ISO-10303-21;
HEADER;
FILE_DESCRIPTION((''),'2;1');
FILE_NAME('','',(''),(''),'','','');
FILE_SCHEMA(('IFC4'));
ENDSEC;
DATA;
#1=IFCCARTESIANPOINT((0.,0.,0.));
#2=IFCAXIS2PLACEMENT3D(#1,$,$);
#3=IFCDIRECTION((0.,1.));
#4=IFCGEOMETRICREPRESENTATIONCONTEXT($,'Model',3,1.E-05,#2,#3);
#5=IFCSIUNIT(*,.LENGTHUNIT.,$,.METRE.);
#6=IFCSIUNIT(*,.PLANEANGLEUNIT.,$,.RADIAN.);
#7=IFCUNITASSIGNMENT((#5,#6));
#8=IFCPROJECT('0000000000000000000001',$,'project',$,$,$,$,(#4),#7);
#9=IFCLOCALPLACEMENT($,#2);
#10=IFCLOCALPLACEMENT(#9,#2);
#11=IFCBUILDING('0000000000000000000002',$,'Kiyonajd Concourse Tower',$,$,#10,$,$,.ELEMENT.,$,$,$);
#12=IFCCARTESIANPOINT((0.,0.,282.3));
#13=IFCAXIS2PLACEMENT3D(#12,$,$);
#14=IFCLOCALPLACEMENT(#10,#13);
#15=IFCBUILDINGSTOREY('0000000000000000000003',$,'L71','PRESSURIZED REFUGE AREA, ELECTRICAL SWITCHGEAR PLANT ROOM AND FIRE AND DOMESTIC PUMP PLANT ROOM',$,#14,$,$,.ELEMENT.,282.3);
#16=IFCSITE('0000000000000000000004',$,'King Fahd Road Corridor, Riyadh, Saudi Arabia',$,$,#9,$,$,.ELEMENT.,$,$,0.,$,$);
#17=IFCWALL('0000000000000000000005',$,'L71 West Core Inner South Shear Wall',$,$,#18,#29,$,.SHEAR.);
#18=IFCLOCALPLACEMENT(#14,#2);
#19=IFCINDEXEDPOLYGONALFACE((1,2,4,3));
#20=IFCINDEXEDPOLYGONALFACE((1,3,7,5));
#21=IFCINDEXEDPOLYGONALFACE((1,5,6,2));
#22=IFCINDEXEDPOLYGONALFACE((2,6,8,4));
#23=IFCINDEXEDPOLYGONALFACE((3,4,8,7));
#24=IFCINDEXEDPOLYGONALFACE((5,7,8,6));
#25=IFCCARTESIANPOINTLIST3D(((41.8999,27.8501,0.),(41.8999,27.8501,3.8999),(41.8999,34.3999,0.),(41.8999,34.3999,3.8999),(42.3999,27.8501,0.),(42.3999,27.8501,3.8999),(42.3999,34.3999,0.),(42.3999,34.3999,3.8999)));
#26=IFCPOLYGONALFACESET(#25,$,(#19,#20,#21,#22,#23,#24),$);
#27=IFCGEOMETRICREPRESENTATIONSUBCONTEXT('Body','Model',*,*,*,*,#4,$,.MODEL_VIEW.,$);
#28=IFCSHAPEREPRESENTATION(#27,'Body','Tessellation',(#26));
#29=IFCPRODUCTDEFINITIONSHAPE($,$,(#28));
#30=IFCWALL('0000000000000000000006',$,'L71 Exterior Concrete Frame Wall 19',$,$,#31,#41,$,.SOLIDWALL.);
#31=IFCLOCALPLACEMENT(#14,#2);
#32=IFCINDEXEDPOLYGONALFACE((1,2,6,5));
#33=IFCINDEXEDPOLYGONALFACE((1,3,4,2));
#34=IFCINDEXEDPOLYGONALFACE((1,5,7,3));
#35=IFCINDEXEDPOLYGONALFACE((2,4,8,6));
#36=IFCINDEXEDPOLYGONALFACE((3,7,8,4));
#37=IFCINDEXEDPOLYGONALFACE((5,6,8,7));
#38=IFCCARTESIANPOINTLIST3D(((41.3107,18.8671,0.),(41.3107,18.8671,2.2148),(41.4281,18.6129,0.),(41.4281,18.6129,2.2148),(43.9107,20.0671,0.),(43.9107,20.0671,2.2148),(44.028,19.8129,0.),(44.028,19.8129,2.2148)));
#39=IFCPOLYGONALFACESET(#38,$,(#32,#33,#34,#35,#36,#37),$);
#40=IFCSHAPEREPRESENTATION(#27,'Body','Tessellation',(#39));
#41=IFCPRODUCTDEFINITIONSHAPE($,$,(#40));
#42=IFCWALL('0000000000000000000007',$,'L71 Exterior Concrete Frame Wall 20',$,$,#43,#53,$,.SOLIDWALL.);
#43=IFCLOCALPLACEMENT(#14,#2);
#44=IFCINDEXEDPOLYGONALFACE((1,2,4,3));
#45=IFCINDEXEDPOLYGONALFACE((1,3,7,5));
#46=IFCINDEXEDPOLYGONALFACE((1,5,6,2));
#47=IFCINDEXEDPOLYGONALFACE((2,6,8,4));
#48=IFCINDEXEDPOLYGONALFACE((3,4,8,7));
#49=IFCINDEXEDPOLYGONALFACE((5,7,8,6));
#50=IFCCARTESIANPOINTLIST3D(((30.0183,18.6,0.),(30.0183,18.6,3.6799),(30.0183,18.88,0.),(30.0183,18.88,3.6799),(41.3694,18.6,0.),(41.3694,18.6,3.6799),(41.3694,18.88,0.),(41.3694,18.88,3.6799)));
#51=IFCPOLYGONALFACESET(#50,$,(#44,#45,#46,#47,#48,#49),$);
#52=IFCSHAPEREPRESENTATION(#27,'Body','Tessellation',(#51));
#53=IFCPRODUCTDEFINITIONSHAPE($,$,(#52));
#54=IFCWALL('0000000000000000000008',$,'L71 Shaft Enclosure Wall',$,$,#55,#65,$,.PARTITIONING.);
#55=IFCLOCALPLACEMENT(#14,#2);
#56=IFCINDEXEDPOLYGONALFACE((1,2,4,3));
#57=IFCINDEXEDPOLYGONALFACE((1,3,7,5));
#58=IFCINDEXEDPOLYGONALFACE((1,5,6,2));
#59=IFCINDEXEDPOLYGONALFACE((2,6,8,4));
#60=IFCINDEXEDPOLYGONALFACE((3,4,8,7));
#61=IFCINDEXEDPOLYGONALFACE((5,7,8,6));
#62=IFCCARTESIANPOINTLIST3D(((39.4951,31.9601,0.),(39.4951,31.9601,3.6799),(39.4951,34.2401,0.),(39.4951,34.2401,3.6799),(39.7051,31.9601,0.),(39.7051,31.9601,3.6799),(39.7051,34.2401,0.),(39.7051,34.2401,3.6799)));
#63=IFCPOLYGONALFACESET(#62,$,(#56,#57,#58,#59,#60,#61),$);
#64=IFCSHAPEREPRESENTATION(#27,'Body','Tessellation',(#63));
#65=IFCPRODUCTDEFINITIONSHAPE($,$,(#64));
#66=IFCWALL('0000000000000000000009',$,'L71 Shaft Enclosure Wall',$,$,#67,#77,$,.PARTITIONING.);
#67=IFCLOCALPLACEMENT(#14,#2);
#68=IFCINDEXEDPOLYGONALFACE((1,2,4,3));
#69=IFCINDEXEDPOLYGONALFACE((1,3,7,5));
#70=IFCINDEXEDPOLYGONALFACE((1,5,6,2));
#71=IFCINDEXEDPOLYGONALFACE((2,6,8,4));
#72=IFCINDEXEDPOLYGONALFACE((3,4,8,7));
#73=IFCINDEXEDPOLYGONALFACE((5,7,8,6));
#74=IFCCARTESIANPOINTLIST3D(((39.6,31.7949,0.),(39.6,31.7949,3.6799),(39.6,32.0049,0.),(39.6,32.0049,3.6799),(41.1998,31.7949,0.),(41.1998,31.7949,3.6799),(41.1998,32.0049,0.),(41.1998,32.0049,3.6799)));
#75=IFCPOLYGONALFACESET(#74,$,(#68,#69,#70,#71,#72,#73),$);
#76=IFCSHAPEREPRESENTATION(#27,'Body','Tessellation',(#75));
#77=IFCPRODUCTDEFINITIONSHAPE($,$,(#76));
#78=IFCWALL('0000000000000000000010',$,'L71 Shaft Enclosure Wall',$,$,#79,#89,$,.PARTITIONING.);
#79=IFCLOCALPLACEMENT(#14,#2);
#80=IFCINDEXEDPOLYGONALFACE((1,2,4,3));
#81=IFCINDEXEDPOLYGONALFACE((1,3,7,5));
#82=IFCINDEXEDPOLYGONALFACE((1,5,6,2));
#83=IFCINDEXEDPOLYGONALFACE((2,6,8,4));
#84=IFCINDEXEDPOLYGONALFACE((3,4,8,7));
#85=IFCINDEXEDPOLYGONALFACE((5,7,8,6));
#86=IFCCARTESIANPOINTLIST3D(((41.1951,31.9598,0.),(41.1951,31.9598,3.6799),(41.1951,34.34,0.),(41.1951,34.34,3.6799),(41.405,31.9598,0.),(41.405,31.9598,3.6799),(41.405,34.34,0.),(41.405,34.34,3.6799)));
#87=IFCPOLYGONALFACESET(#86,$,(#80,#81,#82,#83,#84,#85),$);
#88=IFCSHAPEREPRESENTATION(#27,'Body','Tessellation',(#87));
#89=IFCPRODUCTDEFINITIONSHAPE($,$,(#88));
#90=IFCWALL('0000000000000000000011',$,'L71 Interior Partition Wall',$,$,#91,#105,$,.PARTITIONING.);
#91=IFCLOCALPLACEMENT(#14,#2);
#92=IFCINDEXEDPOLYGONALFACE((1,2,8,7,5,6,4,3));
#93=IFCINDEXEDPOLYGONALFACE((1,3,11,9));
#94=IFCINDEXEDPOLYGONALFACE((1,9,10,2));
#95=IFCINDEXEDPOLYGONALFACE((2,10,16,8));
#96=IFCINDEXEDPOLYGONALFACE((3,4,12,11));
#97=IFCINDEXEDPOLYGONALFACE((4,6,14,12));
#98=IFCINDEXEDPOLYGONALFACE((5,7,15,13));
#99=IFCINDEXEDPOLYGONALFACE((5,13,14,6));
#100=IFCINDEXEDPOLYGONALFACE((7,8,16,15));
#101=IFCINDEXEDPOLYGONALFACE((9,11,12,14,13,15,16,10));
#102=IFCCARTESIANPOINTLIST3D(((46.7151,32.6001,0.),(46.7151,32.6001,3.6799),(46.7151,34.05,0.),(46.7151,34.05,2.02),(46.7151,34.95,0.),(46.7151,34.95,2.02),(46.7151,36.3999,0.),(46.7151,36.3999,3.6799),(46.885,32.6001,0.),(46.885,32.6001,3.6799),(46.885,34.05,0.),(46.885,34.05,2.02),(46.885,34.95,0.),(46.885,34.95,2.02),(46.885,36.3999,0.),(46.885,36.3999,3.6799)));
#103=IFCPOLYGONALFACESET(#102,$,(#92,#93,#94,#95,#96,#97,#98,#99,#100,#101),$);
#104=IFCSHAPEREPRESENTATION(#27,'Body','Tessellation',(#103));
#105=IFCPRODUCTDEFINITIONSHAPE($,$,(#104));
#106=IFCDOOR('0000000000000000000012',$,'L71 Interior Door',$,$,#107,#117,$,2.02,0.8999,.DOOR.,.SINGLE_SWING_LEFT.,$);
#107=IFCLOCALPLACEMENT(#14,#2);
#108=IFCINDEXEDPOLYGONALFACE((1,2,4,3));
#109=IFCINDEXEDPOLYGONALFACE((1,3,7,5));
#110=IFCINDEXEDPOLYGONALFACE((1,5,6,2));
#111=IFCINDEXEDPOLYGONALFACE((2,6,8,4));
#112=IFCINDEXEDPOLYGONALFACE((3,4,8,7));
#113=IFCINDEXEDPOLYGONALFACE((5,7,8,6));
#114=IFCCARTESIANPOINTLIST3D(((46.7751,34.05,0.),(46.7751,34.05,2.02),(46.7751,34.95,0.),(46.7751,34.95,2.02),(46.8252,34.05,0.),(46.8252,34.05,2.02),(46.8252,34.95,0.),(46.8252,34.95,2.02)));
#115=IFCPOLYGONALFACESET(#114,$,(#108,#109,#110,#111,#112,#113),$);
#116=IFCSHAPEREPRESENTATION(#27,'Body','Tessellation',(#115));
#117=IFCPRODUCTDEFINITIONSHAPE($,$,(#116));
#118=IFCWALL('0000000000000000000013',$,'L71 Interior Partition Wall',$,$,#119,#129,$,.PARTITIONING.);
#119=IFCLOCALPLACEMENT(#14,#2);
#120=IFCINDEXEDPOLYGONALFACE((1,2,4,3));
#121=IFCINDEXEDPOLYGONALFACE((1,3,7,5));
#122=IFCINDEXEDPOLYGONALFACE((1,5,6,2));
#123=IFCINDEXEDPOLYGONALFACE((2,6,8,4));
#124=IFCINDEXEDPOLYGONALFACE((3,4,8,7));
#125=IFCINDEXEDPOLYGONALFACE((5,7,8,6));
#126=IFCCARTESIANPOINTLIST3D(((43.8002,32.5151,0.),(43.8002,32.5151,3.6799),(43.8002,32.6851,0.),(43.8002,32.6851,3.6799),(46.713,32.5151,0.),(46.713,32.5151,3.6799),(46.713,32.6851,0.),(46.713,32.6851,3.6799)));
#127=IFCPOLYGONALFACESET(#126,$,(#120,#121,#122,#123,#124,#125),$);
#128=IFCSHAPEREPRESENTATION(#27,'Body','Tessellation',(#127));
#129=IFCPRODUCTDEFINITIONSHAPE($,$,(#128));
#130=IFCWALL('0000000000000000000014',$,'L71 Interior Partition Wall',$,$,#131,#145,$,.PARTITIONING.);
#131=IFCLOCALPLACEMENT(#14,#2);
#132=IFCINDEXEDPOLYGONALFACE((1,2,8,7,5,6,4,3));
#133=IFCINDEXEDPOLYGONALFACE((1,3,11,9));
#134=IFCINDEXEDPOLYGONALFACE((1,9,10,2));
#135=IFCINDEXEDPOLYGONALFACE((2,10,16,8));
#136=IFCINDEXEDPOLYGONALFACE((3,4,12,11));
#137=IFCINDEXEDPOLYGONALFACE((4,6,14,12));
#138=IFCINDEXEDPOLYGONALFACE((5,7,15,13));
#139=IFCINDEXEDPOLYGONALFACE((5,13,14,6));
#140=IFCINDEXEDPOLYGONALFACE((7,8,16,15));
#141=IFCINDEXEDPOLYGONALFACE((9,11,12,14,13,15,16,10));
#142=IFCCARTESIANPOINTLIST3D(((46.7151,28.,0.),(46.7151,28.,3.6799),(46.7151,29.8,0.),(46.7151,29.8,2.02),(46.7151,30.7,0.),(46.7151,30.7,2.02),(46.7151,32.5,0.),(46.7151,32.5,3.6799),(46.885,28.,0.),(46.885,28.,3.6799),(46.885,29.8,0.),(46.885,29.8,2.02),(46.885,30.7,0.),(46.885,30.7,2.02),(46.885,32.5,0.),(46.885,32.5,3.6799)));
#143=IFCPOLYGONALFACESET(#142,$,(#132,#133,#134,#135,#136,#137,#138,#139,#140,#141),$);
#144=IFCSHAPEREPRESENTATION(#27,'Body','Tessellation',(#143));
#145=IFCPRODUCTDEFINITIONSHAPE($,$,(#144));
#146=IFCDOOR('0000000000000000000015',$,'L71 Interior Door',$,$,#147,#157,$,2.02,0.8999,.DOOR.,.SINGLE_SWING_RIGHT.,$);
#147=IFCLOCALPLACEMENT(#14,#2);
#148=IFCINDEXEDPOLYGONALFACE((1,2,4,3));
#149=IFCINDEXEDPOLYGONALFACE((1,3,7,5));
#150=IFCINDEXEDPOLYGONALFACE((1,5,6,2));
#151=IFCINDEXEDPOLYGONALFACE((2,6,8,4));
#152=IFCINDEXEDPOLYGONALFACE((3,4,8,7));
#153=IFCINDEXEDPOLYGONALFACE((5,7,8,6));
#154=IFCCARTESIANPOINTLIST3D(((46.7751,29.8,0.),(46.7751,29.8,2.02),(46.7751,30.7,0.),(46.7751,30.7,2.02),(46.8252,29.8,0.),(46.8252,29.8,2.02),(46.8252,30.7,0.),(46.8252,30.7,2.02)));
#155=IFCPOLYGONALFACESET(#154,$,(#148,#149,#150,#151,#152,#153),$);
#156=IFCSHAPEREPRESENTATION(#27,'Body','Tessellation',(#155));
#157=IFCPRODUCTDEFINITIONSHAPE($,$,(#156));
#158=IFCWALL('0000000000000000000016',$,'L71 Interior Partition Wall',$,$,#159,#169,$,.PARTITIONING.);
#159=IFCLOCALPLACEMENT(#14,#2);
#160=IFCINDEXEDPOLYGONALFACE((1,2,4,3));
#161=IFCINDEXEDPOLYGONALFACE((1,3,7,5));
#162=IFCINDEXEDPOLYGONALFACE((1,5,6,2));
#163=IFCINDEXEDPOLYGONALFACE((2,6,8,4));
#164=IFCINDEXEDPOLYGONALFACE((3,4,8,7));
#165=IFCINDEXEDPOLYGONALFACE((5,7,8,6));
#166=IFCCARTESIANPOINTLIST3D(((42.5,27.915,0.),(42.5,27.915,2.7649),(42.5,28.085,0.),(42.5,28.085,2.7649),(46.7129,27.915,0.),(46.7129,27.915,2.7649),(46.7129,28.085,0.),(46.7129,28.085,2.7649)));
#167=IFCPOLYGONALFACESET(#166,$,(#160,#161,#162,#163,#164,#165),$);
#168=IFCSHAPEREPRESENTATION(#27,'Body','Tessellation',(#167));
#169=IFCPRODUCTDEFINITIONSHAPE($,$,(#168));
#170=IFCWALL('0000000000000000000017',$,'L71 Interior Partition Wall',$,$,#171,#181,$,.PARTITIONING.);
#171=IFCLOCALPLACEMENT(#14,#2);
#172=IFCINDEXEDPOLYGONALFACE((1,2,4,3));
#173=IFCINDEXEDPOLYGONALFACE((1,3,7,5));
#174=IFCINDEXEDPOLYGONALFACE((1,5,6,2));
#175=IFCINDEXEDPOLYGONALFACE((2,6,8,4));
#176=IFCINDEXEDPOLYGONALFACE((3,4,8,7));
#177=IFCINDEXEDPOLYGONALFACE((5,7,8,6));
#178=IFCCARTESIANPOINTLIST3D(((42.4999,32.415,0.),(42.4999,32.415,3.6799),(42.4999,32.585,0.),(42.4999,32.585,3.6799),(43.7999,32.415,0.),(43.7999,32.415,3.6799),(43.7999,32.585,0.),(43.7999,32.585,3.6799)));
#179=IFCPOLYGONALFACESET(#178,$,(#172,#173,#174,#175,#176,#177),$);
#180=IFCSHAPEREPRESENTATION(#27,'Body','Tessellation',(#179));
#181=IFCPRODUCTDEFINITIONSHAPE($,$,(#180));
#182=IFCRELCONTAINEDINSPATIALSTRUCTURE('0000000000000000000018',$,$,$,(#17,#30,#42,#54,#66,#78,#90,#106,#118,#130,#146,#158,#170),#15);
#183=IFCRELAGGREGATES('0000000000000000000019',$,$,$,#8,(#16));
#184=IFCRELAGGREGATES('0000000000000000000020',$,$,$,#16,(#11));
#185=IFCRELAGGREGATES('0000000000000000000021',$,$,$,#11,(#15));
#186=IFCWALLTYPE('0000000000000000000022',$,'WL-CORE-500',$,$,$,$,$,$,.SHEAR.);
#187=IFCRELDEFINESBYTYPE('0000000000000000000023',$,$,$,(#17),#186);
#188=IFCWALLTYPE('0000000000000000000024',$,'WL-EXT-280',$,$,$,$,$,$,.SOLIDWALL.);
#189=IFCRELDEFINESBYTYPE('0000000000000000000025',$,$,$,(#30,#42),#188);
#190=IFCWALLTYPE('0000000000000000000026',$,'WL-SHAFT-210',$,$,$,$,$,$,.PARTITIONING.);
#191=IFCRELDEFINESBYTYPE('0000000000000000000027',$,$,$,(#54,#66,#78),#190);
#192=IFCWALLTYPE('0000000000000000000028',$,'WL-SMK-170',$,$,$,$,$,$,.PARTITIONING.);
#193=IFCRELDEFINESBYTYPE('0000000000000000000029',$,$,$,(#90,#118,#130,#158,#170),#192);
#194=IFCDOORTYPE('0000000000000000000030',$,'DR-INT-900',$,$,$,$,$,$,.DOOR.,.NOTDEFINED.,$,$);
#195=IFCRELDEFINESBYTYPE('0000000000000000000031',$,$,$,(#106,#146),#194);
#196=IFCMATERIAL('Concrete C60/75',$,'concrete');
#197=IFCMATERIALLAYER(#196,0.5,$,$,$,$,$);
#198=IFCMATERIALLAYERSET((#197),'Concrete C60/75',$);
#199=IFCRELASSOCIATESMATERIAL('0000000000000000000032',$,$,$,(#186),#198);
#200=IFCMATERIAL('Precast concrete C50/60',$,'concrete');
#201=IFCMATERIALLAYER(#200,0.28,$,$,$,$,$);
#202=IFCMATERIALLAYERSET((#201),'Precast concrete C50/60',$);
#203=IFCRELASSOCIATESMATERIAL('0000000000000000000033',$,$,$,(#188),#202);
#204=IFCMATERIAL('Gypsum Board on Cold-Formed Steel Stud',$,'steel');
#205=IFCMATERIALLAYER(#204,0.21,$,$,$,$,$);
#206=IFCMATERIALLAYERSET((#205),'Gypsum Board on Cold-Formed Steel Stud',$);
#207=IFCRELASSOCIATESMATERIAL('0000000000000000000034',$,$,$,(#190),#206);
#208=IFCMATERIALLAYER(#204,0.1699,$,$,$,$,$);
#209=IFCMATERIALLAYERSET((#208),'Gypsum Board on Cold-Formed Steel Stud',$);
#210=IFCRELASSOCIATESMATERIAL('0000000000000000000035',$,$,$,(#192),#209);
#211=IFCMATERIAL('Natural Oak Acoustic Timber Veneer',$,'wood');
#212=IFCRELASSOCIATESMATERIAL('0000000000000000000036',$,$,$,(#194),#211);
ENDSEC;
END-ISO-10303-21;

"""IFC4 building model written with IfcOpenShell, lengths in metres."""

from ifc_helpers import new_model, si_unit, direction, frame, frame_2d, origin, place, context, subcontext, project, spatial, rectangle, extrude, material, layer, layer_set, type_object, element, fill, save


model = new_model("IFC4")

# Units and contexts
model_context = context("Model", 3, precision=1e-05, world=origin(), true_north=direction((0.0, 1.0)))
body_context = subcontext(model_context, "Body", "Model", "MODEL_VIEW")
ifc_project = project(units=[si_unit("LENGTHUNIT", "METRE"), si_unit("PLANEANGLEUNIT", "RADIAN")], contexts=[model_context])

# Site, building, storey
site_placement = place(None, origin())
site = spatial("IfcSite", under=ifc_project, at=site_placement, Name="King Fahd Road Corridor, Riyadh, Saudi Arabia", CompositionType="ELEMENT", RefElevation=0.0)
building_placement = place(site_placement, origin())
building = spatial("IfcBuilding", under=site, at=building_placement, Name="Kiyonajd Concourse Tower", CompositionType="ELEMENT")
storey_placement = place(building_placement, frame((0.0, 0.0, 282.3)))
storey = spatial("IfcBuildingStorey", under=building, at=storey_placement, Name="L71", Description="PRESSURIZED REFUGE AREA, ELECTRICAL SWITCHGEAR PLANT ROOM AND FIRE AND DOMESTIC PUMP PLANT ROOM", CompositionType="ELEMENT", Elevation=282.3)

# Shared definitions
ifc_material_1 = material(Name="Concrete C60/75", Category="concrete")

# Walls
ifc_layer_1 = layer(ifc_material_1, 0.5)
ifc_layer_set_1 = layer_set([ifc_layer_1], Name="Concrete C60/75")
wall_type_1 = type_object("IfcWallType", Name="WL-CORE-500", PredefinedType="SHEAR", material=ifc_layer_set_1)
wall_1_placement = place(storey_placement, frame((42.1499, 27.8501, 0.0), z_axis=(0.0, 0.0, 1.0), x_axis=(0.0, 1.0, 0.0)))
element("IfcWall", 1, at=wall_1_placement, inside=storey, type_object=wall_type_1, Name="L71 West Core Inner South Shear Wall", PredefinedType="SHEAR", context=body_context, shape_type="SweptSolid", body=[
    extrude(rectangle(XDim=6.5498, YDim=0.5, at=frame_2d((3.2749, 0.0))), origin(), (0.0, 0.0, 1.0), 3.8999),
])
ifc_material_2 = material(Name="Precast concrete C50/60", Category="concrete")
ifc_layer_2 = layer(ifc_material_2, 0.28)
ifc_layer_set_2 = layer_set([ifc_layer_2], Name="Precast concrete C50/60")
wall_type_2 = type_object("IfcWallType", Name="WL-EXT-280", PredefinedType="SOLIDWALL", material=ifc_layer_set_2)
wall_2_placement = place(storey_placement, frame((43.9692, 19.9399, 0.0), z_axis=(0.0, 0.0, 1.0), x_axis=(-0.907957, -0.419064, 0.0)))
element("IfcWall", 2, at=wall_2_placement, inside=storey, type_object=wall_type_2, Name="L71 Exterior Concrete Frame Wall 19", PredefinedType="SOLIDWALL", context=body_context, shape_type="SweptSolid", body=[
    extrude(rectangle(XDim=2.8635, YDim=0.28, at=frame_2d((1.4316, 0.0))), origin(), (0.0, 0.0, 1.0), 2.2148),
])
wall_3_placement = place(storey_placement, frame((41.3694, 18.74, 0.0), z_axis=(0.0, 0.0, 1.0), x_axis=(-1.0, 0.0, 0.0)))
element("IfcWall", 3, at=wall_3_placement, inside=storey, type_object=wall_type_2, Name="L71 Exterior Concrete Frame Wall 20", PredefinedType="SOLIDWALL", context=body_context, shape_type="SweptSolid", body=[
    extrude(rectangle(XDim=11.3511, YDim=0.28, at=frame_2d((5.6755, 0.0))), origin(), (0.0, 0.0, 1.0), 3.6799),
])
ifc_material_3 = material(Name="Gypsum Board on Cold-Formed Steel Stud", Category="steel")
ifc_layer_3 = layer(ifc_material_3, 0.21)
ifc_layer_set_3 = layer_set([ifc_layer_3], Name="Gypsum Board on Cold-Formed Steel Stud")
wall_type_3 = type_object("IfcWallType", Name="WL-SHAFT-210", PredefinedType="PARTITIONING", material=ifc_layer_set_3)
wall_4_placement = place(storey_placement, frame((39.6001, 31.96, 0.0), z_axis=(0.0, 0.0, 1.0), x_axis=(0.0, 1.0, 0.0)))
element("IfcWall", 4, at=wall_4_placement, inside=storey, type_object=wall_type_3, Name="L71 Shaft Enclosure Wall", PredefinedType="PARTITIONING", context=body_context, shape_type="SweptSolid", body=[
    extrude(rectangle(XDim=2.28, YDim=0.21, at=frame_2d((1.1401, 0.0))), origin(), (0.0, 0.0, 1.0), 3.6799),
])
wall_5_placement = place(storey_placement, frame((39.6001, 31.8999, 0.0), z_axis=(0.0, 0.0, 1.0), x_axis=(1.0, 0.0, 0.0)))
element("IfcWall", 5, at=wall_5_placement, inside=storey, type_object=wall_type_3, Name="L71 Shaft Enclosure Wall", PredefinedType="PARTITIONING", context=body_context, shape_type="SweptSolid", body=[
    extrude(rectangle(XDim=1.5999, YDim=0.21, at=frame_2d((0.7998, 0.0))), origin(), (0.0, 0.0, 1.0), 3.6799),
])
wall_6_placement = place(storey_placement, frame((41.3, 31.96, 0.0), z_axis=(0.0, 0.0, 1.0), x_axis=(0.0, 1.0, 0.0)))
element("IfcWall", 6, at=wall_6_placement, inside=storey, type_object=wall_type_3, Name="L71 Shaft Enclosure Wall", PredefinedType="PARTITIONING", context=body_context, shape_type="SweptSolid", body=[
    extrude(rectangle(XDim=2.3801, YDim=0.21, at=frame_2d((1.1899, 0.0))), origin(), (0.0, 0.0, 1.0), 3.6799),
])

# Wall, opening, door
ifc_layer_4 = layer(ifc_material_3, 0.1699)
ifc_layer_set_4 = layer_set([ifc_layer_4], Name="Gypsum Board on Cold-Formed Steel Stud")
wall_type_4 = type_object("IfcWallType", Name="WL-SMK-170", PredefinedType="PARTITIONING", material=ifc_layer_set_4)
wall_7_placement = place(storey_placement, frame((46.8, 32.6001, 0.0), z_axis=(0.0, 0.0, 1.0), x_axis=(0.0, 1.0, 0.0)))
wall_7 = element("IfcWall", 7, at=wall_7_placement, inside=storey, type_object=wall_type_4, Name="L71 Interior Partition Wall", PredefinedType="PARTITIONING", context=body_context, shape_type="SweptSolid", body=[
    extrude(rectangle(XDim=3.7998, YDim=0.1699, at=frame_2d((1.8999, 0.0))), origin(), (0.0, 0.0, 1.0), 3.6799),
])
opening_1_placement = place(wall_7_placement, frame((1.45, 0.0, 0.0)))
opening_1 = element("IfcOpeningElement", 8, at=opening_1_placement, cuts=wall_7, PredefinedType="OPENING", context=body_context, shape_type="SweptSolid", body=[
    extrude(rectangle(XDim=0.8999, YDim=2.02, at=frame_2d((0.45, 1.01))), frame((0.0, 0.095, 0.0), z_axis=(0.0, -1.0, 0.0), x_axis=(1.0, 0.0, 0.0)), (0.0, 0.0, 1.0), 0.1899),
])
ifc_material_4 = material(Name="Natural Oak Acoustic Timber Veneer", Category="wood")
door_type = type_object("IfcDoorType", Name="DR-INT-900", OperationType="NOTDEFINED", PredefinedType="DOOR", material=ifc_material_4)
door_1_placement = place(opening_1_placement, origin())
door_1 = element("IfcDoor", 9, at=door_1_placement, inside=storey, type_object=door_type, Name="L71 Interior Door", OperationType="SINGLE_SWING_LEFT", OverallHeight=2.02, OverallWidth=0.8999, PredefinedType="DOOR", context=body_context, shape_type="SweptSolid", body=[
    extrude(rectangle(XDim=0.8999, YDim=2.02, at=frame_2d((0.45, 1.01))), frame((0.0, 0.0249, 0.0), z_axis=(0.0, -1.0, 0.0), x_axis=(1.0, 0.0, 0.0)), (0.0, 0.0, 1.0), 0.05),
])
fill(opening_1, door_1)

# Wall
wall_8_placement = place(storey_placement, frame((43.8, 32.6001, 0.0), z_axis=(0.0, 0.0, 1.0), x_axis=(1.0, 0.0, 0.0)))
element("IfcWall", 10, at=wall_8_placement, inside=storey, type_object=wall_type_4, Name="L71 Interior Partition Wall", PredefinedType="PARTITIONING", context=body_context, shape_type="SweptSolid", body=[
    extrude(rectangle(XDim=2.9128, YDim=0.1699, at=frame_2d((1.4565, 0.0))), origin(), (0.0, 0.0, 1.0), 3.6799),
])

# Wall, opening, door
wall_9_placement = place(storey_placement, frame((46.8, 28.0, 0.0), z_axis=(0.0, 0.0, 1.0), x_axis=(0.0, 1.0, 0.0)))
wall_9 = element("IfcWall", 11, at=wall_9_placement, inside=storey, type_object=wall_type_4, Name="L71 Interior Partition Wall", PredefinedType="PARTITIONING", context=body_context, shape_type="SweptSolid", body=[
    extrude(rectangle(XDim=4.5, YDim=0.1699, at=frame_2d((2.25, 0.0))), origin(), (0.0, 0.0, 1.0), 3.6799),
])
opening_2_placement = place(wall_9_placement, frame((1.8, 0.0, 0.0)))
opening_2 = element("IfcOpeningElement", 12, at=opening_2_placement, cuts=wall_9, PredefinedType="OPENING", context=body_context, shape_type="SweptSolid", body=[
    extrude(rectangle(XDim=0.8999, YDim=2.02, at=frame_2d((0.45, 1.01))), frame((0.0, 0.095, 0.0), z_axis=(0.0, -1.0, 0.0), x_axis=(1.0, 0.0, 0.0)), (0.0, 0.0, 1.0), 0.1899),
])
door_2_placement = place(opening_2_placement, origin())
door_2 = element("IfcDoor", 13, at=door_2_placement, inside=storey, type_object=door_type, Name="L71 Interior Door", OperationType="SINGLE_SWING_RIGHT", OverallHeight=2.02, OverallWidth=0.8999, PredefinedType="DOOR", context=body_context, shape_type="SweptSolid", body=[
    extrude(rectangle(XDim=0.8999, YDim=2.02, at=frame_2d((0.45, 1.01))), frame((0.0, 0.0249, 0.0), z_axis=(0.0, -1.0, 0.0), x_axis=(1.0, 0.0, 0.0)), (0.0, 0.0, 1.0), 0.05),
])
fill(opening_2, door_2)

# Walls
wall_10_placement = place(storey_placement, frame((42.5, 28.0, 0.0), z_axis=(0.0, 0.0, 1.0), x_axis=(1.0, 0.0, 0.0)))
element("IfcWall", 14, at=wall_10_placement, inside=storey, type_object=wall_type_4, Name="L71 Interior Partition Wall", PredefinedType="PARTITIONING", context=body_context, shape_type="SweptSolid", body=[
    extrude(rectangle(XDim=4.2129, YDim=0.1699, at=frame_2d((2.1064, 0.0))), origin(), (0.0, 0.0, 1.0), 2.7649),
])
wall_11_placement = place(storey_placement, frame((42.5, 32.5, 0.0), z_axis=(0.0, 0.0, 1.0), x_axis=(1.0, 0.0, 0.0)))
element("IfcWall", 15, at=wall_11_placement, inside=storey, type_object=wall_type_4, Name="L71 Interior Partition Wall", PredefinedType="PARTITIONING", context=body_context, shape_type="SweptSolid", body=[
    extrude(rectangle(XDim=1.3, YDim=0.1699, at=frame_2d((0.6499, 0.0))), origin(), (0.0, 0.0, 1.0), 3.6799),
])

save(model, "model.ifc")
